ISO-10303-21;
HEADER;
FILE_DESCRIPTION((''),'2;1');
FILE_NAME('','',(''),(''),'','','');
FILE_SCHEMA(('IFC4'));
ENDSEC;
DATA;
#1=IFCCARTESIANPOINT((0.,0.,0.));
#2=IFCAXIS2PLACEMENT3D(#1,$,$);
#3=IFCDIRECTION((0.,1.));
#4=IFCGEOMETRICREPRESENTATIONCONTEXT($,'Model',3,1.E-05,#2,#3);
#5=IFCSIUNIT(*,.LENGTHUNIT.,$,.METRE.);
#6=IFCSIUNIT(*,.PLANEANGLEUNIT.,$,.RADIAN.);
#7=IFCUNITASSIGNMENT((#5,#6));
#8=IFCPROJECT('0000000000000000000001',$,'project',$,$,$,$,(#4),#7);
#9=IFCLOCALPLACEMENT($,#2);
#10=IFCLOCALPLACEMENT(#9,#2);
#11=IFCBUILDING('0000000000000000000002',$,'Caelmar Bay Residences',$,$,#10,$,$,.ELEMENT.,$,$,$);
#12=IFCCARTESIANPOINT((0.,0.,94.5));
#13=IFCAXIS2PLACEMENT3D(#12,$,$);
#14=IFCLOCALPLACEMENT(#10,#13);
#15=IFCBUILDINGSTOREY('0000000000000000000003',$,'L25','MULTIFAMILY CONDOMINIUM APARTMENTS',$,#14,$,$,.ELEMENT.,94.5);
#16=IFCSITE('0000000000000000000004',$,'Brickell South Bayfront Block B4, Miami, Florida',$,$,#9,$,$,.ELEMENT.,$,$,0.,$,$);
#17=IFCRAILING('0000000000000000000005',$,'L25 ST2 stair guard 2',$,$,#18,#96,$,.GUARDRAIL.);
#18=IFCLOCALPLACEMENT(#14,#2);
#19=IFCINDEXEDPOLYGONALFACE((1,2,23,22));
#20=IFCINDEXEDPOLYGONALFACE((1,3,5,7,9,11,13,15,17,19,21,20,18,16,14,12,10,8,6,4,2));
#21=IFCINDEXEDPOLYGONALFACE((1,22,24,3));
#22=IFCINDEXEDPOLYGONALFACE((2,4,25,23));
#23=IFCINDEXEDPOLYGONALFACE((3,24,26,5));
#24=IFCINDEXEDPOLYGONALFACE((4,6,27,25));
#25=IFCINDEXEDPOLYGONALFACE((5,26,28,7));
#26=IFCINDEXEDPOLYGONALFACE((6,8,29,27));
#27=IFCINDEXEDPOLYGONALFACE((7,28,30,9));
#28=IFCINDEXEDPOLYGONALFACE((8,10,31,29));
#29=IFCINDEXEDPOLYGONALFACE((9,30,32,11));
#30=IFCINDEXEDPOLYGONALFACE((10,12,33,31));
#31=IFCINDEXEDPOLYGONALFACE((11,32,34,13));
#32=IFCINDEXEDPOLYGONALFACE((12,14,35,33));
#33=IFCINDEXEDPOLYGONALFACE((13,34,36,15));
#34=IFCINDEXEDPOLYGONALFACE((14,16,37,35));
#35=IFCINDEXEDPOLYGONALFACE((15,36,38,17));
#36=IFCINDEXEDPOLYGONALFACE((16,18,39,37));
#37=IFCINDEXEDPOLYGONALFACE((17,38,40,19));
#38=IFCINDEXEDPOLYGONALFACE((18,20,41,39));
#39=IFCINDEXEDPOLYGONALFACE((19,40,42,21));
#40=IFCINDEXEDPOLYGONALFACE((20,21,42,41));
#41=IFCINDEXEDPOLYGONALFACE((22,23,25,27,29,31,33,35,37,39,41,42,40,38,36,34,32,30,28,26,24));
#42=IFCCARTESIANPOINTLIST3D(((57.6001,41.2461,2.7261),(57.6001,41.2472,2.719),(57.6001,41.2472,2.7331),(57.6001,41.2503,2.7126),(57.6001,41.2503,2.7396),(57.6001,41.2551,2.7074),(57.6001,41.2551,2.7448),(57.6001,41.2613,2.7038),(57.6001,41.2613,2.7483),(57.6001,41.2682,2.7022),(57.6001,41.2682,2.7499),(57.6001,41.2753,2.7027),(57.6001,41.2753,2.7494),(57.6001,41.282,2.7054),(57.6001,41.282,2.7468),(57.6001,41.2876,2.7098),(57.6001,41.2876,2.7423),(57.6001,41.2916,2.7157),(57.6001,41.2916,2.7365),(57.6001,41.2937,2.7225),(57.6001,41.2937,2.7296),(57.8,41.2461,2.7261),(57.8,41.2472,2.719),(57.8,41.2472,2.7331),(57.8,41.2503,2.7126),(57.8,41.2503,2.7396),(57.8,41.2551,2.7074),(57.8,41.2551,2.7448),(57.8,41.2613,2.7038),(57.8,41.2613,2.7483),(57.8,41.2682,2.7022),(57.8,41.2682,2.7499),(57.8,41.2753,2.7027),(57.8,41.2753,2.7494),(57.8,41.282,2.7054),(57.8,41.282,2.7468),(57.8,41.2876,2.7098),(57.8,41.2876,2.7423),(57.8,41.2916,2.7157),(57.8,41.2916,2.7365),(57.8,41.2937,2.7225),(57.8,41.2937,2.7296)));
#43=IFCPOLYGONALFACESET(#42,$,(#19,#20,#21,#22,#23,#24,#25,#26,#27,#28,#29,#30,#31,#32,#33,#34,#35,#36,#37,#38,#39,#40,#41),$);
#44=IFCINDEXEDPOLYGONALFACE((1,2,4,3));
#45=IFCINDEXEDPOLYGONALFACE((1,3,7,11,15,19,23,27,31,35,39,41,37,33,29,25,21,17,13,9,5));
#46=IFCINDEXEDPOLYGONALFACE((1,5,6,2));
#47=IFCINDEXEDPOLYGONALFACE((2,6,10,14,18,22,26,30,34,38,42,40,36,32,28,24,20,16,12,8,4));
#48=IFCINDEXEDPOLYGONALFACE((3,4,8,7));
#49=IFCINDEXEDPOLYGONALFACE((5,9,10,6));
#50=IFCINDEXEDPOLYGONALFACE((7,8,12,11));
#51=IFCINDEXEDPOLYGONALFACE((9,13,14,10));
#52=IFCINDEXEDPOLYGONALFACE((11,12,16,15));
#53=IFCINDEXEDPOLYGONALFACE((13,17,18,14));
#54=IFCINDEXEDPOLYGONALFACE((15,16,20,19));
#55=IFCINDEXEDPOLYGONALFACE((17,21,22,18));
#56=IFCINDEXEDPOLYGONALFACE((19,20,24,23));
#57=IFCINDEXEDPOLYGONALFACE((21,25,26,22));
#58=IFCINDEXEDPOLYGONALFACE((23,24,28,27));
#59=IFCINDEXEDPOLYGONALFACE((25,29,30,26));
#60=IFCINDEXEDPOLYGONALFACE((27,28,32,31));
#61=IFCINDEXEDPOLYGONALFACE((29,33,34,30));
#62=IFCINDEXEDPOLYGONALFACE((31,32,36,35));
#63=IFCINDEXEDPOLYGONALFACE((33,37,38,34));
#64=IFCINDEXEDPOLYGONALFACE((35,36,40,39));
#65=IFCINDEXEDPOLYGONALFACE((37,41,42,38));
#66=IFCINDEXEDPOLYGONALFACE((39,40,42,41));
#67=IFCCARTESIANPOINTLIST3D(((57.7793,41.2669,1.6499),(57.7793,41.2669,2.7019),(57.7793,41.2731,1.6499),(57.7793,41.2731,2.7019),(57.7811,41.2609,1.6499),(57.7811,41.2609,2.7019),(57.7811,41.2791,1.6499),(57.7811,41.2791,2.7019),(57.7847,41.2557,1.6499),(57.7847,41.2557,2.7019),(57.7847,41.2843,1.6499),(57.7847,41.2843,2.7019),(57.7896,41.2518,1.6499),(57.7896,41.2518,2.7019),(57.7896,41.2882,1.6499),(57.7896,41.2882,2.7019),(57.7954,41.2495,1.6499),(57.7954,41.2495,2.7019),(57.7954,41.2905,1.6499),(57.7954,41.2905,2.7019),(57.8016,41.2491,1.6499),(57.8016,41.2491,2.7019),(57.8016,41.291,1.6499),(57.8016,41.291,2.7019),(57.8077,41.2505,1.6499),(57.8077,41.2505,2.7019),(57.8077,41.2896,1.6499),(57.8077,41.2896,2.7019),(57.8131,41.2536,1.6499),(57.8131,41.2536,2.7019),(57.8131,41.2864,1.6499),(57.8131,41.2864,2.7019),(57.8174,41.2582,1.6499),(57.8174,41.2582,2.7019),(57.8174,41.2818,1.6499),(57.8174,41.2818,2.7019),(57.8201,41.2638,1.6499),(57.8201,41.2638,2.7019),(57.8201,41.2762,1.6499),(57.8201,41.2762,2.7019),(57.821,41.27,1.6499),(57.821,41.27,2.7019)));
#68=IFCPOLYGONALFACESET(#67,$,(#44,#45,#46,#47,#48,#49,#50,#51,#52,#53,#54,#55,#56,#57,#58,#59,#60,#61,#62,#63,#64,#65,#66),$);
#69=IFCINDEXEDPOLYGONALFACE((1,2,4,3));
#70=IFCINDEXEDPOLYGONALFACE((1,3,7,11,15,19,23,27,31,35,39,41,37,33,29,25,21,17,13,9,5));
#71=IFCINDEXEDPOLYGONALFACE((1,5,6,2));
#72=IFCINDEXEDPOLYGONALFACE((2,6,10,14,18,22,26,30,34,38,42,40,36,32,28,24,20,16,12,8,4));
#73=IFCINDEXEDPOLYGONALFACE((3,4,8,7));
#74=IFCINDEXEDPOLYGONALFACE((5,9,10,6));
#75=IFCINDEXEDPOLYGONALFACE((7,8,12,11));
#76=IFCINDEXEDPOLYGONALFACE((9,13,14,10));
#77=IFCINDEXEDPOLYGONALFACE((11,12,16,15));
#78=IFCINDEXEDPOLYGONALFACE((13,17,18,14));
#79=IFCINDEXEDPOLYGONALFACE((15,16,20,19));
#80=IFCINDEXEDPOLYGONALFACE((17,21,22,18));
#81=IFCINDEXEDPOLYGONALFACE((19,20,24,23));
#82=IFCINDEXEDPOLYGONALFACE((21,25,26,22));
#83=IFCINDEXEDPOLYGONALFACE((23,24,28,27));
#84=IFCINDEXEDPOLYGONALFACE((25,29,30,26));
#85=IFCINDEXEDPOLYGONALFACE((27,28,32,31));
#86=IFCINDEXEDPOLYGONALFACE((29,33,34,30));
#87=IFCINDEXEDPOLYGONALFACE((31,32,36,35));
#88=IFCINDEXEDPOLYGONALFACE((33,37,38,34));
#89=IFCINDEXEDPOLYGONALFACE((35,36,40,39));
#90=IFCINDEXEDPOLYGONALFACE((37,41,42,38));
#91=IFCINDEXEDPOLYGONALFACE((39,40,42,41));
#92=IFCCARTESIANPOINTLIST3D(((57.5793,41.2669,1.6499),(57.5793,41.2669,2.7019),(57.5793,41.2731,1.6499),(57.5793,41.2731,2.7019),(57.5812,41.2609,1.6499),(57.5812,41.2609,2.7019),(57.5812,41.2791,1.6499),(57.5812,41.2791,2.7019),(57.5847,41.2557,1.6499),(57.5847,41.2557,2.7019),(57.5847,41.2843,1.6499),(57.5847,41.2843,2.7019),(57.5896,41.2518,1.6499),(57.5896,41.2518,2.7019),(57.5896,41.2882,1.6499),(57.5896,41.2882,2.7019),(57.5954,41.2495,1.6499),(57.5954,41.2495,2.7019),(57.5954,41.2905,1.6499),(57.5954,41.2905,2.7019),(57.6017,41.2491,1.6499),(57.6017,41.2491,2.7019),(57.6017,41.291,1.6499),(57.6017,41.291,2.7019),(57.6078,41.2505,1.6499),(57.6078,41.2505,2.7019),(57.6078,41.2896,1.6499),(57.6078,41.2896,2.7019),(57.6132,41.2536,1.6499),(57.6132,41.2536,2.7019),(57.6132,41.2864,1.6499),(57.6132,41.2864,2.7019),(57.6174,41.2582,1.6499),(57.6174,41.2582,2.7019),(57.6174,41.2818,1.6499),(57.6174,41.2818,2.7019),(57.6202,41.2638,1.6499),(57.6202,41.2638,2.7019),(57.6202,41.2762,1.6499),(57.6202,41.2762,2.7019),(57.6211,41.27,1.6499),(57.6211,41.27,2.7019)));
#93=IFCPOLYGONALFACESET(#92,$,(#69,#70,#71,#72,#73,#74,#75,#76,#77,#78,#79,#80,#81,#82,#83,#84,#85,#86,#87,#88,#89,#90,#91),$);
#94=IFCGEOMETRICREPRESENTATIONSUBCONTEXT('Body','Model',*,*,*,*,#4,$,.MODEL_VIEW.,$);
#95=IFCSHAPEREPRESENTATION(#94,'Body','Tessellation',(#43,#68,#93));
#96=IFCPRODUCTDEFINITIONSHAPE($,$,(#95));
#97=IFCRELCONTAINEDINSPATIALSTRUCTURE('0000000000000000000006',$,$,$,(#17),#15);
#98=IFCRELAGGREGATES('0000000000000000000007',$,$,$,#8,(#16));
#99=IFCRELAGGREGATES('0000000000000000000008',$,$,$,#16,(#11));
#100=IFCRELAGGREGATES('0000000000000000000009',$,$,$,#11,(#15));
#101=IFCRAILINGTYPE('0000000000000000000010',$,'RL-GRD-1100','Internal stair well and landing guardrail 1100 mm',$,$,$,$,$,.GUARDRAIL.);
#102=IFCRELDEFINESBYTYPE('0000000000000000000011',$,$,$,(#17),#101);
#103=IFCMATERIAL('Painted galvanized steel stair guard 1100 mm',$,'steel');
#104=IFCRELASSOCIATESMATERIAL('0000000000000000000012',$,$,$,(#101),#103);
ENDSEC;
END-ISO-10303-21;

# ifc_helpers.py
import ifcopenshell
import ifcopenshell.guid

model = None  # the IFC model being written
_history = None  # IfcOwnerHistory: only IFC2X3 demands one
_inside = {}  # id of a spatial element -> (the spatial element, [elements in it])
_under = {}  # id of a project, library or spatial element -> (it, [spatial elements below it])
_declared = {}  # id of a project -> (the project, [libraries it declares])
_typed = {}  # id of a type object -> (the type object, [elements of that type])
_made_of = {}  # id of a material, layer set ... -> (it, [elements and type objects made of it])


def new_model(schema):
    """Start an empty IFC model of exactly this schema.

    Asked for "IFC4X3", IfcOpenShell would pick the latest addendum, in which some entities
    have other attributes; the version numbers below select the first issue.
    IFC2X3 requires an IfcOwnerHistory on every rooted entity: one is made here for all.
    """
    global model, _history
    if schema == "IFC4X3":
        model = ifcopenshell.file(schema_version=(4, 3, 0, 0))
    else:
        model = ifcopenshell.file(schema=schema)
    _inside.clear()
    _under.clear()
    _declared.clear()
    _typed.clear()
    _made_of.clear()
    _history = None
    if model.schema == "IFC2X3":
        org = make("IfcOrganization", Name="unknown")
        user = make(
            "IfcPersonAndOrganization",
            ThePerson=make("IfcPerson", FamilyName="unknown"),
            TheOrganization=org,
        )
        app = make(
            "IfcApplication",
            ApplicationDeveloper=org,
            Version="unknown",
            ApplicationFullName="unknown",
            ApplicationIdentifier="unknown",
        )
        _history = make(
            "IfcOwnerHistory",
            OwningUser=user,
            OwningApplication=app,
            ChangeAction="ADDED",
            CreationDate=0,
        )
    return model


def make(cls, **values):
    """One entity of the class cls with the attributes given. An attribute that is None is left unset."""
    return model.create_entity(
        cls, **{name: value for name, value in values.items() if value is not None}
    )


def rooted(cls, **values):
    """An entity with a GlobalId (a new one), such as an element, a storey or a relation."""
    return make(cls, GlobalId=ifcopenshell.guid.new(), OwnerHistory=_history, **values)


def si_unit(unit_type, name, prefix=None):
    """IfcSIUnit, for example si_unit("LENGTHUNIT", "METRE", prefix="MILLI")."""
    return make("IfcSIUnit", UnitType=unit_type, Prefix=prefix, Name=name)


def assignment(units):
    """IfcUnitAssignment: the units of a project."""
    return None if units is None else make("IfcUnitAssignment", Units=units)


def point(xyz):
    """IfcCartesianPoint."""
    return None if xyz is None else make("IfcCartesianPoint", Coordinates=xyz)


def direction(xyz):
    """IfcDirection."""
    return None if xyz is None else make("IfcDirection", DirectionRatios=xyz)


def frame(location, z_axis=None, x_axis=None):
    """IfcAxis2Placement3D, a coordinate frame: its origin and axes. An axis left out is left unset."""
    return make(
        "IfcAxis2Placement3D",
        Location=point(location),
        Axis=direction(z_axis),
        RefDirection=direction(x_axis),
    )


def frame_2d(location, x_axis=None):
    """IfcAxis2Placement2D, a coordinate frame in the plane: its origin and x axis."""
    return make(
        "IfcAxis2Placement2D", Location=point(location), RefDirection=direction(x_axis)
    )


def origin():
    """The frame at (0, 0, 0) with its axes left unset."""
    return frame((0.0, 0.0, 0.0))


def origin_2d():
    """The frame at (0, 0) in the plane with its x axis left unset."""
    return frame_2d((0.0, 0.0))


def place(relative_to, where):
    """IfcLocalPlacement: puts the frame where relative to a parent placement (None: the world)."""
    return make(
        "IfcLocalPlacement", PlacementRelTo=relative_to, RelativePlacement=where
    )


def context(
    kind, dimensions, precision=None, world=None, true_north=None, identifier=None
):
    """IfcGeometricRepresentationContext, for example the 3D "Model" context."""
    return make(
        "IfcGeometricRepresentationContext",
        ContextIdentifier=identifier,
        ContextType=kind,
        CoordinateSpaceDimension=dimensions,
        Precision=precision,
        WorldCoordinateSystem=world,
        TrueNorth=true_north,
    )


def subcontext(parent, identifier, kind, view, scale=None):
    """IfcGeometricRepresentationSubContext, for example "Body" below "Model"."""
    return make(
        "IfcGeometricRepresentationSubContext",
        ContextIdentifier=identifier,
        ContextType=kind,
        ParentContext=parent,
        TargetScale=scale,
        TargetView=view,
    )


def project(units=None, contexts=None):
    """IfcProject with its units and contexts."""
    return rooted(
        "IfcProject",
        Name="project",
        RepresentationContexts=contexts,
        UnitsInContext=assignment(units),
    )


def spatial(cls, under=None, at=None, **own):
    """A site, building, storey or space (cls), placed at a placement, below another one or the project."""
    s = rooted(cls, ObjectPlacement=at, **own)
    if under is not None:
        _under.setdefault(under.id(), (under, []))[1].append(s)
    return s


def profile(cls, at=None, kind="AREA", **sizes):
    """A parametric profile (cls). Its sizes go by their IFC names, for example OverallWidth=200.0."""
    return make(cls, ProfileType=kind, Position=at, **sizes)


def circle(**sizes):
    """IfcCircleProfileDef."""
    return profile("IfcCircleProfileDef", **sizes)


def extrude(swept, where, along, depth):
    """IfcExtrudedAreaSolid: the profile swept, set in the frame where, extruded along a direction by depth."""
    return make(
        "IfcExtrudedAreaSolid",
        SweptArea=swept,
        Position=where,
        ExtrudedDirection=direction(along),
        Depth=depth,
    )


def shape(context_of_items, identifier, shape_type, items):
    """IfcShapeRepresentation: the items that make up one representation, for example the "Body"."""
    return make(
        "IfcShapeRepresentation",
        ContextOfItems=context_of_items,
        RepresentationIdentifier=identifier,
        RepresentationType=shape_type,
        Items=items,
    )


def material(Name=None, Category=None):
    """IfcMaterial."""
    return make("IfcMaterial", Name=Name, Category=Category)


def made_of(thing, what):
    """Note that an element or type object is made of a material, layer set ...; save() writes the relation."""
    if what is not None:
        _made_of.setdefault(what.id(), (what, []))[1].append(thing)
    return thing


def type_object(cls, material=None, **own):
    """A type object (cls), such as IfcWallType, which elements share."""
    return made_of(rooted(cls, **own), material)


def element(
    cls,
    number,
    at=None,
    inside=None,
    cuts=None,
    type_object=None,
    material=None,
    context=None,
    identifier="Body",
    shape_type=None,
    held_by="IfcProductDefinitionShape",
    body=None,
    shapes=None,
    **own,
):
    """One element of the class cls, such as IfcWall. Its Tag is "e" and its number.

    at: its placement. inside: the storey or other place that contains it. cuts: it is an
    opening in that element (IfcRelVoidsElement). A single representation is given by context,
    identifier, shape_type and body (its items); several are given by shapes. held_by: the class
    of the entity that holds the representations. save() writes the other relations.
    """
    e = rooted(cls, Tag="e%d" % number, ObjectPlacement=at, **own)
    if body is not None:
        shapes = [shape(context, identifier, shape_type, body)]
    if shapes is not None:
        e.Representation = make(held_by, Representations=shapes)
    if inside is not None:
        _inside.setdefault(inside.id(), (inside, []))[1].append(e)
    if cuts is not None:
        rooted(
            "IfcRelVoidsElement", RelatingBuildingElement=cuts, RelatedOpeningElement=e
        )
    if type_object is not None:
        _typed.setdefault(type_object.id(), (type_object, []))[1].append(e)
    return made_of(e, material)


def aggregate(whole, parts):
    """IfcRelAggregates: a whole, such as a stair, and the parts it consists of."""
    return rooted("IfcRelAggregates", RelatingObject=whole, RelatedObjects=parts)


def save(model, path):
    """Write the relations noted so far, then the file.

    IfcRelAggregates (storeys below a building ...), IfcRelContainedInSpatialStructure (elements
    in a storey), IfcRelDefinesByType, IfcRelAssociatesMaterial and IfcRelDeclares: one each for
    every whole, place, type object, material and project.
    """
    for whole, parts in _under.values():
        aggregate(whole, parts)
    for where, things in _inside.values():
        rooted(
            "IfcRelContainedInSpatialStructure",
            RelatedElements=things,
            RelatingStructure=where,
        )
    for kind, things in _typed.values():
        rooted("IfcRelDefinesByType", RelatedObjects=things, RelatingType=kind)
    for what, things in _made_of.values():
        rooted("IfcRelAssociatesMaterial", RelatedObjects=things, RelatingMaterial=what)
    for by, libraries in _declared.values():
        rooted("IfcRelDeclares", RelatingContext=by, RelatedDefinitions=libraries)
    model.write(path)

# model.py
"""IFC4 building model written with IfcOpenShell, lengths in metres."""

from ifc_helpers import new_model, si_unit, direction, frame, origin, origin_2d, place, context, subcontext, project, spatial, circle, extrude, material, type_object, element, save


model = new_model("IFC4")

# Units and contexts
model_context = context("Model", 3, precision=1e-05, world=origin(), true_north=direction((0.0, 1.0)))
body_context = subcontext(model_context, "Body", "Model", "MODEL_VIEW")
ifc_project = project(units=[si_unit("LENGTHUNIT", "METRE"), si_unit("PLANEANGLEUNIT", "RADIAN")], contexts=[model_context])

# Site, building, storey
site_placement = place(None, origin())
site = spatial("IfcSite", under=ifc_project, at=site_placement, Name="Brickell South Bayfront Block B4, Miami, Florida", CompositionType="ELEMENT", RefElevation=0.0)
building_placement = place(site_placement, origin())
building = spatial("IfcBuilding", under=site, at=building_placement, Name="Caelmar Bay Residences", CompositionType="ELEMENT")
storey_placement = place(building_placement, frame((0.0, 0.0, 94.5)))
storey = spatial("IfcBuildingStorey", under=building, at=storey_placement, Name="L25", Description="MULTIFAMILY CONDOMINIUM APARTMENTS", CompositionType="ELEMENT", Elevation=94.5)

# Railing
ifc_material_1 = material(Name="Painted galvanized steel stair guard 1100 mm", Category="steel")
railing_type_1 = type_object("IfcRailingType", Name="RL-GRD-1100", Description="Internal stair well and landing guardrail 1100 mm", PredefinedType="GUARDRAIL", material=ifc_material_1)
railing_1_placement = place(storey_placement, frame((57.8, 41.27, 1.6499)))
element("IfcRailing", 1, at=railing_1_placement, inside=storey, type_object=railing_type_1, Name="L25 ST2 stair guard 2", PredefinedType="GUARDRAIL", context=body_context, shape_type="SweptSolid", body=[
    extrude(circle(Radius=0.0239, at=origin_2d()), frame((0.0, 0.0, 1.0762), z_axis=(-1.0, 0.0, 0.0), x_axis=(0.0, -1.0, 0.0)), (0.0, 0.0, 1.0), 0.2),
    extrude(circle(Radius=0.021, at=origin_2d()), origin(), (0.0, 0.0, 1.0), 1.052),
    extrude(circle(Radius=0.021, at=origin_2d()), frame((-0.2, 0.0, 0.0)), (0.0, 0.0, 1.0), 1.052),
])

save(model, "model.ifc")
